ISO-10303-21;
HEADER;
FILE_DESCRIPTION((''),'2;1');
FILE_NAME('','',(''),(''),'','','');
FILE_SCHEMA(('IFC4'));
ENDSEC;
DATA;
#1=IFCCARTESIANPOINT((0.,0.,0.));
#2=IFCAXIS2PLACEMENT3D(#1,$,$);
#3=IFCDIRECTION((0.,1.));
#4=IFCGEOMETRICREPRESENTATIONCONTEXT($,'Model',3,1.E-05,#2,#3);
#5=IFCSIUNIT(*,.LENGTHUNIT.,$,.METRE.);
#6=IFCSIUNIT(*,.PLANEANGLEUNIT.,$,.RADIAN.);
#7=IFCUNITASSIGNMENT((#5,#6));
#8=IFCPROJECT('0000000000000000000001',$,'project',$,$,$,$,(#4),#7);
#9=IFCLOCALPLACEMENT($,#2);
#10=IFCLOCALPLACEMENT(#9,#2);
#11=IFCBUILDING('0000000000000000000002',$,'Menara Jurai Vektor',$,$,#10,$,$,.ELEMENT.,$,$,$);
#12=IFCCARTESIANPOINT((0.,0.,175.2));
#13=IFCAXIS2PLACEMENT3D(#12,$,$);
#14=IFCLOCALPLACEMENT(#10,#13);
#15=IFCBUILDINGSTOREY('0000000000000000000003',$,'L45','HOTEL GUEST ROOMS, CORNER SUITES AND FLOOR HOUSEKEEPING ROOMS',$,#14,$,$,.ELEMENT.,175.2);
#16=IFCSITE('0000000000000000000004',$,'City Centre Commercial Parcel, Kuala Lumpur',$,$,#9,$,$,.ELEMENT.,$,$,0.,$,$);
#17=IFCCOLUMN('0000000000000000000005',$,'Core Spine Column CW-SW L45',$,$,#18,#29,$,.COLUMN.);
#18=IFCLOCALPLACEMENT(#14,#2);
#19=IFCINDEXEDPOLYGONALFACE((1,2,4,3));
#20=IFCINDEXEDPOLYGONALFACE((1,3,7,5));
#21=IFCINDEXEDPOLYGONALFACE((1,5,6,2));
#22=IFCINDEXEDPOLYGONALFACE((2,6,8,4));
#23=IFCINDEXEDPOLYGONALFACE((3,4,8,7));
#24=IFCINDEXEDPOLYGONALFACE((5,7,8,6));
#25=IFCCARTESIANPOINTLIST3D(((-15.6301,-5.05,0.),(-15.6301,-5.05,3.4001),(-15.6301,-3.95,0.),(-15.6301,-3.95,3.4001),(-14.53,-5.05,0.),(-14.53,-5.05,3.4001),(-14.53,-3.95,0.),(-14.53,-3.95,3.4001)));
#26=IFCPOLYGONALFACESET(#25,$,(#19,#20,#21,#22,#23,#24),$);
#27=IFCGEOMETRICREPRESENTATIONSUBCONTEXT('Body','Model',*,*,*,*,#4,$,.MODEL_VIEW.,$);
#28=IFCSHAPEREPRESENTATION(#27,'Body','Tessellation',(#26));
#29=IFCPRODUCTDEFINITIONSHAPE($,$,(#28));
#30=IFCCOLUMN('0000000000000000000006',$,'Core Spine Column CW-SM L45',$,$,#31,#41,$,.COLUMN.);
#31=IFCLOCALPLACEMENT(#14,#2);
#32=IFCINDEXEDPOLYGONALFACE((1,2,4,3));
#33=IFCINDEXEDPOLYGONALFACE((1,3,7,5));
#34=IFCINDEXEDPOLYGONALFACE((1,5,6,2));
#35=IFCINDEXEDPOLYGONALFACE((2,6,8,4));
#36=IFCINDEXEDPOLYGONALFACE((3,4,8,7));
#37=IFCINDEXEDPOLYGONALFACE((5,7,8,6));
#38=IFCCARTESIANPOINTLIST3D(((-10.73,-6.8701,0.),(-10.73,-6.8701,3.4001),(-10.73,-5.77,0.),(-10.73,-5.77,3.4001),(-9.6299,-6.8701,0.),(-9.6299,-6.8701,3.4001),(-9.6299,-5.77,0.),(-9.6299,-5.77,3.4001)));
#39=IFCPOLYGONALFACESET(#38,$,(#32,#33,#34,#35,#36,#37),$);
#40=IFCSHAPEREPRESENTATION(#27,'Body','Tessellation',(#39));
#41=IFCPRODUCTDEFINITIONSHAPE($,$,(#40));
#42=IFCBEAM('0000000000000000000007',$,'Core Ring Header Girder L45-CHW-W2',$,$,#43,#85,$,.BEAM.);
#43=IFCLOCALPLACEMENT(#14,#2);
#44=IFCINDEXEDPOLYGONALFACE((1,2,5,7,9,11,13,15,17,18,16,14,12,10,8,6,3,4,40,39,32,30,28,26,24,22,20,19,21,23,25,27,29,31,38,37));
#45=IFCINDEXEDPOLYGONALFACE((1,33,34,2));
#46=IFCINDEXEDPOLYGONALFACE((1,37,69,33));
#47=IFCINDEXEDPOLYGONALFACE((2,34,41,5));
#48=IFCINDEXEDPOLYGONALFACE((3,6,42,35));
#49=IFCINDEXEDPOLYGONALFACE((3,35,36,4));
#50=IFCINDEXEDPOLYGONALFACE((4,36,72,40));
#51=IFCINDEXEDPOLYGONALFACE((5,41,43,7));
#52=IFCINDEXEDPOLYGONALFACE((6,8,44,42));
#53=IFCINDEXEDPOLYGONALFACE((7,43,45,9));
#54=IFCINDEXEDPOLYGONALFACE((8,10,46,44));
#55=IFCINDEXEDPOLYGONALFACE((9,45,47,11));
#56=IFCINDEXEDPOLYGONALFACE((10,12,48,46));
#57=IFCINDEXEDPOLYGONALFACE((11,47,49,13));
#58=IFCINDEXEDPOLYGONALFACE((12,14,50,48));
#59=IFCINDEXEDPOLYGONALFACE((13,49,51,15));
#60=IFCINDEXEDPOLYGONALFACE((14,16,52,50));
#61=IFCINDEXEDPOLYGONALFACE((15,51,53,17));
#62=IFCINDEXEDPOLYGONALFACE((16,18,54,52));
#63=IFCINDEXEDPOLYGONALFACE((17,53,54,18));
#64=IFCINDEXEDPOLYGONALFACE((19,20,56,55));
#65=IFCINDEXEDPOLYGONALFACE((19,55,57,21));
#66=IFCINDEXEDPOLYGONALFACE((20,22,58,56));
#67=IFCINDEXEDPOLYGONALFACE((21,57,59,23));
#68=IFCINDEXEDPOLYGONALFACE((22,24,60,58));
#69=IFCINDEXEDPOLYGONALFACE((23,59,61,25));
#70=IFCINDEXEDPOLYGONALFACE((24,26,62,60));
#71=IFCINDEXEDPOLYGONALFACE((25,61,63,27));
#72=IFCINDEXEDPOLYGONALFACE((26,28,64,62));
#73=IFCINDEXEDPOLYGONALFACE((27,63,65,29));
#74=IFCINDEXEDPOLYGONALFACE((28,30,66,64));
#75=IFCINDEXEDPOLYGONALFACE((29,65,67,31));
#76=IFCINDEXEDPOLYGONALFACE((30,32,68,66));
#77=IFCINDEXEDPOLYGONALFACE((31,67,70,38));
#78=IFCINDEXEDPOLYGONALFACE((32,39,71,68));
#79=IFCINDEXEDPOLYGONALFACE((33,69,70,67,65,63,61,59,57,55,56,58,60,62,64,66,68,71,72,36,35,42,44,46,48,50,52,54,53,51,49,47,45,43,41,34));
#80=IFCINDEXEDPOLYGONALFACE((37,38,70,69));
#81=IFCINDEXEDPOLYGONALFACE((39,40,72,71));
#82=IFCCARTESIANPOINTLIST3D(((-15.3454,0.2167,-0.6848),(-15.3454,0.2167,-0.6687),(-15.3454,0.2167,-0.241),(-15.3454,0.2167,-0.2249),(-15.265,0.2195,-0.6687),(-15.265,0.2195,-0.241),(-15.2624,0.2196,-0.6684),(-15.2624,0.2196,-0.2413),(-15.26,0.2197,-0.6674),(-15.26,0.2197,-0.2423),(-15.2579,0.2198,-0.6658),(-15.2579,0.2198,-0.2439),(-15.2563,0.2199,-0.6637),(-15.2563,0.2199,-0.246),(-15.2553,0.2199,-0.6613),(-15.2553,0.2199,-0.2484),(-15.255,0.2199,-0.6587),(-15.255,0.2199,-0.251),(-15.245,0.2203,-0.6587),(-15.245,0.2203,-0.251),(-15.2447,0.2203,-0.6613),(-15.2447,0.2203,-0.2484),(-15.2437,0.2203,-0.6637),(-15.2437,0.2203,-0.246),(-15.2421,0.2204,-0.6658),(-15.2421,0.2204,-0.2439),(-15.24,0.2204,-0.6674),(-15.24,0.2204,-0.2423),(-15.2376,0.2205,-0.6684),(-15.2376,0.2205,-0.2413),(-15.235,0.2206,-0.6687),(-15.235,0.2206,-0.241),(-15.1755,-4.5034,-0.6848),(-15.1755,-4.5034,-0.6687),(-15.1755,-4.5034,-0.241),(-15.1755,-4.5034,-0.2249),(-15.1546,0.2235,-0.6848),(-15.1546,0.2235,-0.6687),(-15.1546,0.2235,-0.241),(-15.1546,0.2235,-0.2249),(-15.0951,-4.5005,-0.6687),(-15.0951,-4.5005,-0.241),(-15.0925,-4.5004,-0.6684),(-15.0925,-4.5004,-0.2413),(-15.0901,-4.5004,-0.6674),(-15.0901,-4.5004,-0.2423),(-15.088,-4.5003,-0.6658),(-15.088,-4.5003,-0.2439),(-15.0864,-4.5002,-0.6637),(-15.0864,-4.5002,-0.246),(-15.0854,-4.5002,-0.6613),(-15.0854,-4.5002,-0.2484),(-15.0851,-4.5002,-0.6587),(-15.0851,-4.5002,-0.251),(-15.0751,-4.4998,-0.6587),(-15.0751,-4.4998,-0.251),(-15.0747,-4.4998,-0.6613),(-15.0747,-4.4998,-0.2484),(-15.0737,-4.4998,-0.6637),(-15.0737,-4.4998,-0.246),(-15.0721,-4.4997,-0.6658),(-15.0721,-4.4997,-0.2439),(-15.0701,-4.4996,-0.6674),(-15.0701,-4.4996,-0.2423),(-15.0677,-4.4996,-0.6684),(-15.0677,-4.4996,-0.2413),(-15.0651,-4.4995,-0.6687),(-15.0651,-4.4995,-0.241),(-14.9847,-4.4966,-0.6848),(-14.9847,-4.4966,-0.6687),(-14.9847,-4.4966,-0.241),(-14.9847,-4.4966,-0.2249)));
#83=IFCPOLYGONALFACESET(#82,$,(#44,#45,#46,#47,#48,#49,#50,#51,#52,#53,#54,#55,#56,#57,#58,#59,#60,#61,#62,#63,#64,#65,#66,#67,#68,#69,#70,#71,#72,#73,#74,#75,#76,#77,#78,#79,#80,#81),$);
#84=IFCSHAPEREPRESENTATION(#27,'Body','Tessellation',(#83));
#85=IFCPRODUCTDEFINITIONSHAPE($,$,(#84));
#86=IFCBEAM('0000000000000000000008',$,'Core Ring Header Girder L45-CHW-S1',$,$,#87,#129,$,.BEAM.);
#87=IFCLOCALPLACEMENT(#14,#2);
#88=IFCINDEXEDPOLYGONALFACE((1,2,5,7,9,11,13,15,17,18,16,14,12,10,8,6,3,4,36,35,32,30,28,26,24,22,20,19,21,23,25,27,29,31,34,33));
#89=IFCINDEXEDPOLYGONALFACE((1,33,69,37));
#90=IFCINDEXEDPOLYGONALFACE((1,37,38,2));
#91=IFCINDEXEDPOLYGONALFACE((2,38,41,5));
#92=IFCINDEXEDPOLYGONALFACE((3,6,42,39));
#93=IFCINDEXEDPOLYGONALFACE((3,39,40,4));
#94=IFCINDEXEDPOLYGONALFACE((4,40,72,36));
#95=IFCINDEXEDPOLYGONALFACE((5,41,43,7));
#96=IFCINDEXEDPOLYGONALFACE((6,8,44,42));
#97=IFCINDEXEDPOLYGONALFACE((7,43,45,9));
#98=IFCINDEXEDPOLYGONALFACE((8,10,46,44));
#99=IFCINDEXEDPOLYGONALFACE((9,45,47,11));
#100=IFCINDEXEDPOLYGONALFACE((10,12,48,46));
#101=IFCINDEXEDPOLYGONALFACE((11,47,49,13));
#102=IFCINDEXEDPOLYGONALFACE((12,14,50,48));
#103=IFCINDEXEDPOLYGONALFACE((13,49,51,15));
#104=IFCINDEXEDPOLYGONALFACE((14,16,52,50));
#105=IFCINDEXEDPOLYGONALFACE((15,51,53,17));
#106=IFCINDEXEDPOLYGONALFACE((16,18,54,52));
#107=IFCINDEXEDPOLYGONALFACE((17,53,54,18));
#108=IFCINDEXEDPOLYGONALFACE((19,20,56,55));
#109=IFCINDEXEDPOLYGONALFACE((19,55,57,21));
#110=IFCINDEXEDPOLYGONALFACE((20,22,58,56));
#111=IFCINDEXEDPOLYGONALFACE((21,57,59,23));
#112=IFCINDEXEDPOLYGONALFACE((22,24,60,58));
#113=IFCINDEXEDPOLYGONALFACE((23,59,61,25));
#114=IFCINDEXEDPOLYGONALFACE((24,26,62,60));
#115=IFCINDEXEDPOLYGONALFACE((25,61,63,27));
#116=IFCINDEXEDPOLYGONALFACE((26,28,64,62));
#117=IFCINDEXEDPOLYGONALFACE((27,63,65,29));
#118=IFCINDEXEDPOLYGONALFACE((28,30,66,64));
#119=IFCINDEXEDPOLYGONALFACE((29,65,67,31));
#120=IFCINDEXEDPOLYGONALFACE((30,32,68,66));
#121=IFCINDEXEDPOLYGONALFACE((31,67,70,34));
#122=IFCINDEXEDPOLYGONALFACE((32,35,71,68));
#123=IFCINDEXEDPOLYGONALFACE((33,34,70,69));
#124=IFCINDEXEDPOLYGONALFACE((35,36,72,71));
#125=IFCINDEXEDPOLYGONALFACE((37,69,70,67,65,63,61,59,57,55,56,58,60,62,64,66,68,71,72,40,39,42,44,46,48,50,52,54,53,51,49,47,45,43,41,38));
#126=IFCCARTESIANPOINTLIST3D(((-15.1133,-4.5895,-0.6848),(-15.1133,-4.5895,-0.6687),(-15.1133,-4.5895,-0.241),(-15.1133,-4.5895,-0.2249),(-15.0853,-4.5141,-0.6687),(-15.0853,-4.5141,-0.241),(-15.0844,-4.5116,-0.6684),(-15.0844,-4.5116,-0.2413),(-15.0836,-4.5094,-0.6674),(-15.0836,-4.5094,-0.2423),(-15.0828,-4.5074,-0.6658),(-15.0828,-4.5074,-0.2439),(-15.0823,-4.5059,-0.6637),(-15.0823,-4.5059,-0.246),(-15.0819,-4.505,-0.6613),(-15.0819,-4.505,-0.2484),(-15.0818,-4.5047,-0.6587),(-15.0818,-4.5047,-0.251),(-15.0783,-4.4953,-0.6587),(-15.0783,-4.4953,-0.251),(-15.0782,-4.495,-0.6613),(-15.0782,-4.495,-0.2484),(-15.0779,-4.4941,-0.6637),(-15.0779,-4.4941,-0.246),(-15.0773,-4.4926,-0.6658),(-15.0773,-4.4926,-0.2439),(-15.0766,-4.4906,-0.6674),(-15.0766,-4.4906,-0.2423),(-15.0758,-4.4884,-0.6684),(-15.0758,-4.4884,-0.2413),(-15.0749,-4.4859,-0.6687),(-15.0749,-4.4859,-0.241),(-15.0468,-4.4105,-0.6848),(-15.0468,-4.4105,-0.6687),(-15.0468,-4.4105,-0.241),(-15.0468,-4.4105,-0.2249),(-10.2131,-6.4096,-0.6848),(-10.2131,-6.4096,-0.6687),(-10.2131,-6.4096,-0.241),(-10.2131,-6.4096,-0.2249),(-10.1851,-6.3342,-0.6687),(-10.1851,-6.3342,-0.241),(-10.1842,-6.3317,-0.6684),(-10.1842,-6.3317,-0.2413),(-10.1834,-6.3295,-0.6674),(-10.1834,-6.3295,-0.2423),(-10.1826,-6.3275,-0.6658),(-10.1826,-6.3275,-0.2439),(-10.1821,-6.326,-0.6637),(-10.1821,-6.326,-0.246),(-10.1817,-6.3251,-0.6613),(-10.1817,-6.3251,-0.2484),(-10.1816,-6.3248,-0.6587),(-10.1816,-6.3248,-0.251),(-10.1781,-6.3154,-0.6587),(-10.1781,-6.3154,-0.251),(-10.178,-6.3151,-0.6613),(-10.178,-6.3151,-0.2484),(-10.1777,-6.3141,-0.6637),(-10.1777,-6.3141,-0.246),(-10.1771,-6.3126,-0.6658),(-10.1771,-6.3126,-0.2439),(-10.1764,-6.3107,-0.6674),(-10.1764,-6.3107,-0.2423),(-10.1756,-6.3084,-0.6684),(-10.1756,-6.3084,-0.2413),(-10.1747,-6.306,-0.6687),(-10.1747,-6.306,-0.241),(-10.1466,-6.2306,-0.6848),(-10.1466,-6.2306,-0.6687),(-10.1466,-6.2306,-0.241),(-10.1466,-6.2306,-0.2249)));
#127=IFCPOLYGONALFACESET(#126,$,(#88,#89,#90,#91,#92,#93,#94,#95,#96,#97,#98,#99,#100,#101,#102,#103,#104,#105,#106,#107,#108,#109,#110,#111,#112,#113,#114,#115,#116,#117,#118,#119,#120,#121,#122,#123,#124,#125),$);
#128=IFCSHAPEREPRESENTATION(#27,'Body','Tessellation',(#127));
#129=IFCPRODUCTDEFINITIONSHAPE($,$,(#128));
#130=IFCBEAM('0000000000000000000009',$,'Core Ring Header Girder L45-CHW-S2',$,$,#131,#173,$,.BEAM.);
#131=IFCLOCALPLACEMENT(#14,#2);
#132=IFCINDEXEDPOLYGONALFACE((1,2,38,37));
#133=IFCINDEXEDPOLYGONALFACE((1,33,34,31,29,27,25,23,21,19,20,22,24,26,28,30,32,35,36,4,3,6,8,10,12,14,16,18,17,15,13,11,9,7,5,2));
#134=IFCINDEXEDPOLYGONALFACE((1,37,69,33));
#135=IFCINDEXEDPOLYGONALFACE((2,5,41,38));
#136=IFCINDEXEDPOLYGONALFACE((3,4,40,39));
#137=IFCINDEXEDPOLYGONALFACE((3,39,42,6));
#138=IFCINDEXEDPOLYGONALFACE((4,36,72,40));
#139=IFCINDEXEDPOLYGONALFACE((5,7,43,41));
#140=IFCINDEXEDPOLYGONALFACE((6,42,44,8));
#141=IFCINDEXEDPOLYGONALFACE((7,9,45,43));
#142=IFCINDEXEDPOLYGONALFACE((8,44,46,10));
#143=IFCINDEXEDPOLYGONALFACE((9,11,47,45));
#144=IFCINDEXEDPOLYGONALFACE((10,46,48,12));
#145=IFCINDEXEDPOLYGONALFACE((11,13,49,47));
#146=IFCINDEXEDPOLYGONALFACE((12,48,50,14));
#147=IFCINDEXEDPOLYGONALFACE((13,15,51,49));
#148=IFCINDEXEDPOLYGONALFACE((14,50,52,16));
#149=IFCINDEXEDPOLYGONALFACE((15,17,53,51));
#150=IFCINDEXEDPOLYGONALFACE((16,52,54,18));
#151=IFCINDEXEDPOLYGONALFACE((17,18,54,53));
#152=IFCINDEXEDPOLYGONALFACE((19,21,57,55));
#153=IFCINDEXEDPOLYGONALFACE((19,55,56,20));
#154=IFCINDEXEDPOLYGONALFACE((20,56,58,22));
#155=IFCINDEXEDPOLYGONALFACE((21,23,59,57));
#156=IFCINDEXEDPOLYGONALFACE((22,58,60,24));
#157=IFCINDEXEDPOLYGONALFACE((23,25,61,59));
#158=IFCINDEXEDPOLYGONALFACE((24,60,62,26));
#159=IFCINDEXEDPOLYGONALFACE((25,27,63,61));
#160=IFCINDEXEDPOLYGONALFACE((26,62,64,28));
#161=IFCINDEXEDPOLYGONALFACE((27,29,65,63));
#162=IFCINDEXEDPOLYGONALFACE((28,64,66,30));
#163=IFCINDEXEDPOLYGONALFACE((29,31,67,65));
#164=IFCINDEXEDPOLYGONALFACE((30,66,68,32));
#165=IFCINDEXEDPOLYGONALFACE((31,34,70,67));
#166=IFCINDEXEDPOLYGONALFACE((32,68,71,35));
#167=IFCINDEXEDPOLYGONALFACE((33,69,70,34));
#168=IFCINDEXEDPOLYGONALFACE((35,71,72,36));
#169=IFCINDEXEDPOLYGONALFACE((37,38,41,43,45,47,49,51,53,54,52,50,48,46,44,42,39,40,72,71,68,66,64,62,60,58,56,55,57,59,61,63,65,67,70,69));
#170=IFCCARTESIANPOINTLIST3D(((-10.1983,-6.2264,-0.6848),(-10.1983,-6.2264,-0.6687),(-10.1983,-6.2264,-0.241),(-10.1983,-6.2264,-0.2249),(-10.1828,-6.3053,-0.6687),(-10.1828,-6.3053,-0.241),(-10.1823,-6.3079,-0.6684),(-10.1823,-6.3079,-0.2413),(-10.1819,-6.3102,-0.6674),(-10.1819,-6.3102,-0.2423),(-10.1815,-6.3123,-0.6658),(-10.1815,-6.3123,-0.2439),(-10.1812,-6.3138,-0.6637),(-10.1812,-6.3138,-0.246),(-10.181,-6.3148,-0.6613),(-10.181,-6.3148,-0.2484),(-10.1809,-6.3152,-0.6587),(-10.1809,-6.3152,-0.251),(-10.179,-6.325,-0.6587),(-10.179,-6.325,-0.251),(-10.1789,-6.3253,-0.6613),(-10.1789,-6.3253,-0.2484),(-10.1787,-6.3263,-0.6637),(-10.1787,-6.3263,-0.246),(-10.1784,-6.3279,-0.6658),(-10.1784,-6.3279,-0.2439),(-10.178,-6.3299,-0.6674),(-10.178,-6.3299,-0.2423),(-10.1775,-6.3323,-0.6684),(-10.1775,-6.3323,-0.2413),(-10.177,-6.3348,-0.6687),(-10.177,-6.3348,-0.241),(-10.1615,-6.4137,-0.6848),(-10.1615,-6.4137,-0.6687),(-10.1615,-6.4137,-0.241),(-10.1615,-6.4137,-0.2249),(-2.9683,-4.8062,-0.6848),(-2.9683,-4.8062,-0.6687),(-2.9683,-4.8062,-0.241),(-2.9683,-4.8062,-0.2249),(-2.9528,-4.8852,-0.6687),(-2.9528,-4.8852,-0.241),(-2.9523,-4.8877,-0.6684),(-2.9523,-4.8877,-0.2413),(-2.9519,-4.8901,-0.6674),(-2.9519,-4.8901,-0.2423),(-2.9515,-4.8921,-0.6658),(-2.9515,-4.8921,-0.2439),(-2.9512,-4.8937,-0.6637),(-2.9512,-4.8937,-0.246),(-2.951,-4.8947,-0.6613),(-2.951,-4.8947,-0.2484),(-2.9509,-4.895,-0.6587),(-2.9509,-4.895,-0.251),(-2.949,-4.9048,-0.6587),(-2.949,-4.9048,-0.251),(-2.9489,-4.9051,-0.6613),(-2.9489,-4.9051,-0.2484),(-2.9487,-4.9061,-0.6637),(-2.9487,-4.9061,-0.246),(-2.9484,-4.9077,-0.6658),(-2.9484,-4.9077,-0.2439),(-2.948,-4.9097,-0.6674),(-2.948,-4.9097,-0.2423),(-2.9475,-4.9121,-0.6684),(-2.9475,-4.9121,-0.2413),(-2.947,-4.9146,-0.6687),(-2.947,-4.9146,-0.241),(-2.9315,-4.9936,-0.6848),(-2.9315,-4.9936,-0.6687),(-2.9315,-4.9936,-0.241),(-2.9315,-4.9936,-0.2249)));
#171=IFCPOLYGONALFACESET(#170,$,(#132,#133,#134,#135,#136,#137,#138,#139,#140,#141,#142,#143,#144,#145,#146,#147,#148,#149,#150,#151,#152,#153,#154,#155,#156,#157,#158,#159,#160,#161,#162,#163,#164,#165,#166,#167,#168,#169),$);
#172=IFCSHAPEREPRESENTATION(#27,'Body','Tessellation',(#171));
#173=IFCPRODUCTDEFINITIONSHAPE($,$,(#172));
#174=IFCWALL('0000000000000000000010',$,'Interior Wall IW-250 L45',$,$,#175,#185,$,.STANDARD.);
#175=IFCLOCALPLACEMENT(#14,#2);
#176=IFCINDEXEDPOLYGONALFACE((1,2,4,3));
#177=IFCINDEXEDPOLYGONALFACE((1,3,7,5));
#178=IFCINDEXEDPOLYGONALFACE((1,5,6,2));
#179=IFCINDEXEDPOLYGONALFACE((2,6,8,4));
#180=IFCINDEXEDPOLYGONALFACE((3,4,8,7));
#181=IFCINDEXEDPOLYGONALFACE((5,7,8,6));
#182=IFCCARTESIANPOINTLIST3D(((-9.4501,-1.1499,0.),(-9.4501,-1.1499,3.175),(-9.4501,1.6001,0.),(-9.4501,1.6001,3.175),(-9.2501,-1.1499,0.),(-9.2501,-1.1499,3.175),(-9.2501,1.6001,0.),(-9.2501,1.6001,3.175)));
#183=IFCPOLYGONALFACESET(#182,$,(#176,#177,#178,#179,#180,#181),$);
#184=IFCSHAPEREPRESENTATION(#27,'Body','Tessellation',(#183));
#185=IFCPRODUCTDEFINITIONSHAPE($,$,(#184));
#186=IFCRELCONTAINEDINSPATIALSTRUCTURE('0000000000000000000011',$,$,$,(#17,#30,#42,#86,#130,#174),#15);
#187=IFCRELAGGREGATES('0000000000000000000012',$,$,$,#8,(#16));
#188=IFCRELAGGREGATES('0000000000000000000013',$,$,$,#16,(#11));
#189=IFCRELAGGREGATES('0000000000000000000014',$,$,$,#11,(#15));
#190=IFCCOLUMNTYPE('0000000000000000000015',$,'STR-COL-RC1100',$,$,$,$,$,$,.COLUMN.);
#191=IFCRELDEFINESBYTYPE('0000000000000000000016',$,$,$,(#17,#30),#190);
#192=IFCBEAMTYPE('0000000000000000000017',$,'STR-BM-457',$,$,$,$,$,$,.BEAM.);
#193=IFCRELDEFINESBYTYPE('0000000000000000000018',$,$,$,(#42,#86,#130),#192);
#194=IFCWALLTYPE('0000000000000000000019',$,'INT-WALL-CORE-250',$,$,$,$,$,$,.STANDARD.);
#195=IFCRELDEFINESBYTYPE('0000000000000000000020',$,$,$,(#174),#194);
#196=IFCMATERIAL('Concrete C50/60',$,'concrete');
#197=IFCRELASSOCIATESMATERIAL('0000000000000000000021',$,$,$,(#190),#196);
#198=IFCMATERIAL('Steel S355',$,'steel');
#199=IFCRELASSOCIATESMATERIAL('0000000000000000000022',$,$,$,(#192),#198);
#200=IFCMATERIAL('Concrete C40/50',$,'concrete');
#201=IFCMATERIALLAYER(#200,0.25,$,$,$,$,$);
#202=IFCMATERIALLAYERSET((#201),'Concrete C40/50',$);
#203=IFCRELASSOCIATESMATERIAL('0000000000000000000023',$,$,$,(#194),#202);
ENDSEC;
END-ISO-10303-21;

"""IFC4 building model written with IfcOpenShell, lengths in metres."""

from ifc_helpers import new_model, si_unit, direction, frame, frame_2d, origin, origin_2d, place, context, subcontext, project, spatial, rectangle, i_section, extrude, material, layer, layer_set, material_profile, profile_set, type_object, element, save


model = new_model("IFC4")

# Units and contexts
model_context = context("Model", 3, precision=1e-05, world=origin(), true_north=direction((0.0, 1.0)))
body_context = subcontext(model_context, "Body", "Model", "MODEL_VIEW")
ifc_project = project(units=[si_unit("LENGTHUNIT", "METRE"), si_unit("PLANEANGLEUNIT", "RADIAN")], contexts=[model_context])

# Site, building, storey
site_placement = place(None, origin())
site = spatial("IfcSite", under=ifc_project, at=site_placement, Name="City Centre Commercial Parcel, Kuala Lumpur", CompositionType="ELEMENT", RefElevation=0.0)
building_placement = place(site_placement, origin())
building = spatial("IfcBuilding", under=site, at=building_placement, Name="Menara Jurai Vektor", CompositionType="ELEMENT")
storey_placement = place(building_placement, frame((0.0, 0.0, 175.2)))
storey = spatial("IfcBuildingStorey", under=building, at=storey_placement, Name="L45", Description="HOTEL GUEST ROOMS, CORNER SUITES AND FLOOR HOUSEKEEPING ROOMS", CompositionType="ELEMENT", Elevation=175.2)

# Columns
ifc_material_1 = material(Name="Concrete C50/60", Category="concrete")
ifc_material_profile_1 = material_profile(ifc_material_1, rectangle(XDim=1.1001, YDim=1.1001, at=origin_2d()), Name="RC 1100x1100")
ifc_profile_set_1 = profile_set([ifc_material_profile_1], Name="Concrete C50/60")
column_type = type_object("IfcColumnType", Name="STR-COL-RC1100", PredefinedType="COLUMN", material=ifc_profile_set_1)
for number, where, z_axis, x_axis, name in (
    (1, (-15.0801, -4.5, 0.0), (0.0, 0.0, 1.0), (1.0, 0.0, 0.0), "Core Spine Column CW-SW L45"),
    (2, (-10.1799, -6.3201, 0.0), (0.0, 0.0, 1.0), (1.0, 0.0, 0.0), "Core Spine Column CW-SM L45"),
):
    element("IfcColumn", number, at=place(storey_placement, frame(where, z_axis=z_axis, x_axis=x_axis)), inside=storey, type_object=column_type, Name=name, PredefinedType="COLUMN", context=body_context, shape_type="SweptSolid", body=[
        extrude(rectangle(XDim=1.1001, YDim=1.1001, at=origin_2d()), origin(), (0.0, 0.0, 1.0), 3.4001),
    ])

# Beams
ifc_material_2 = material(Name="Steel S355", Category="steel")
ifc_material_profile_2 = material_profile(ifc_material_2, i_section(OverallWidth=0.1909, OverallDepth=0.46, WebThickness=0.01, FlangeThickness=0.0161, FilletRadius=0.01, at=origin_2d()), Name="UKB 457x191x82")
ifc_profile_set_2 = profile_set([ifc_material_profile_2], Name="Steel S355")
beam_type = type_object("IfcBeamType", Name="STR-BM-457", PredefinedType="BEAM", material=ifc_profile_set_2)
beam_1_placement = place(storey_placement, frame((-15.0801, -4.5, -0.4548), z_axis=(-0.035977, 0.999353, 0.0), x_axis=(-0.999353, -0.035977, 0.0)))
element("IfcBeam", 3, at=beam_1_placement, inside=storey, type_object=beam_type, Name="Core Ring Header Girder L45-CHW-W2", PredefinedType="BEAM", context=body_context, shape_type="SweptSolid", body=[
    extrude(i_section(OverallWidth=0.1909, OverallDepth=0.46, WebThickness=0.01, FlangeThickness=0.0161, FilletRadius=0.01, at=origin_2d()), origin(), (0.0, 0.0, 1.0), 4.7231),
])
beam_2_placement = place(storey_placement, frame((-15.0801, -4.5, -0.4548), z_axis=(0.937424, -0.348189, 0.0), x_axis=(0.348189, 0.937424, 0.0)))
element("IfcBeam", 4, at=beam_2_placement, inside=storey, type_object=beam_type, Name="Core Ring Header Girder L45-CHW-S1", PredefinedType="BEAM", context=body_context, shape_type="SweptSolid", body=[
    extrude(i_section(OverallWidth=0.1909, OverallDepth=0.46, WebThickness=0.01, FlangeThickness=0.0161, FilletRadius=0.01, at=origin_2d()), origin(), (0.0, 0.0, 1.0), 5.2273),
])
beam_3_placement = place(storey_placement, frame((-10.1799, -6.3201, -0.4548), z_axis=(0.981249, 0.192744, 0.0), x_axis=(-0.192744, 0.981249, 0.0)))
element("IfcBeam", 5, at=beam_3_placement, inside=storey, type_object=beam_type, Name="Core Ring Header Girder L45-CHW-S2", PredefinedType="BEAM", context=body_context, shape_type="SweptSolid", body=[
    extrude(i_section(OverallWidth=0.1909, OverallDepth=0.46, WebThickness=0.01, FlangeThickness=0.0161, FilletRadius=0.01, at=origin_2d()), origin(), (0.0, 0.0, 1.0), 7.3682),
])

# Shared definitions
ifc_material_3 = material(Name="Concrete C40/50", Category="concrete")
ifc_layer_1 = layer(ifc_material_3, 0.25)
ifc_layer_set_1 = layer_set([ifc_layer_1], Name="Concrete C40/50")
wall_type_1 = type_object("IfcWallType", Name="INT-WALL-CORE-250", PredefinedType="STANDARD", material=ifc_layer_set_1)

# Wall
wall_1_placement = place(storey_placement, frame((-9.3501, -1.1499, 0.0), z_axis=(0.0, 0.0, 1.0), x_axis=(0.0, 1.0, 0.0)))
element("IfcWall", 6, at=wall_1_placement, inside=storey, type_object=wall_type_1, Name="Interior Wall IW-250 L45", PredefinedType="STANDARD", context=body_context, shape_type="SweptSolid", body=[
    extrude(rectangle(XDim=2.75, YDim=0.2, at=frame_2d((1.375, 0.0))), origin(), (0.0, 0.0, 1.0), 3.175),
])

save(model, "model.ifc")
